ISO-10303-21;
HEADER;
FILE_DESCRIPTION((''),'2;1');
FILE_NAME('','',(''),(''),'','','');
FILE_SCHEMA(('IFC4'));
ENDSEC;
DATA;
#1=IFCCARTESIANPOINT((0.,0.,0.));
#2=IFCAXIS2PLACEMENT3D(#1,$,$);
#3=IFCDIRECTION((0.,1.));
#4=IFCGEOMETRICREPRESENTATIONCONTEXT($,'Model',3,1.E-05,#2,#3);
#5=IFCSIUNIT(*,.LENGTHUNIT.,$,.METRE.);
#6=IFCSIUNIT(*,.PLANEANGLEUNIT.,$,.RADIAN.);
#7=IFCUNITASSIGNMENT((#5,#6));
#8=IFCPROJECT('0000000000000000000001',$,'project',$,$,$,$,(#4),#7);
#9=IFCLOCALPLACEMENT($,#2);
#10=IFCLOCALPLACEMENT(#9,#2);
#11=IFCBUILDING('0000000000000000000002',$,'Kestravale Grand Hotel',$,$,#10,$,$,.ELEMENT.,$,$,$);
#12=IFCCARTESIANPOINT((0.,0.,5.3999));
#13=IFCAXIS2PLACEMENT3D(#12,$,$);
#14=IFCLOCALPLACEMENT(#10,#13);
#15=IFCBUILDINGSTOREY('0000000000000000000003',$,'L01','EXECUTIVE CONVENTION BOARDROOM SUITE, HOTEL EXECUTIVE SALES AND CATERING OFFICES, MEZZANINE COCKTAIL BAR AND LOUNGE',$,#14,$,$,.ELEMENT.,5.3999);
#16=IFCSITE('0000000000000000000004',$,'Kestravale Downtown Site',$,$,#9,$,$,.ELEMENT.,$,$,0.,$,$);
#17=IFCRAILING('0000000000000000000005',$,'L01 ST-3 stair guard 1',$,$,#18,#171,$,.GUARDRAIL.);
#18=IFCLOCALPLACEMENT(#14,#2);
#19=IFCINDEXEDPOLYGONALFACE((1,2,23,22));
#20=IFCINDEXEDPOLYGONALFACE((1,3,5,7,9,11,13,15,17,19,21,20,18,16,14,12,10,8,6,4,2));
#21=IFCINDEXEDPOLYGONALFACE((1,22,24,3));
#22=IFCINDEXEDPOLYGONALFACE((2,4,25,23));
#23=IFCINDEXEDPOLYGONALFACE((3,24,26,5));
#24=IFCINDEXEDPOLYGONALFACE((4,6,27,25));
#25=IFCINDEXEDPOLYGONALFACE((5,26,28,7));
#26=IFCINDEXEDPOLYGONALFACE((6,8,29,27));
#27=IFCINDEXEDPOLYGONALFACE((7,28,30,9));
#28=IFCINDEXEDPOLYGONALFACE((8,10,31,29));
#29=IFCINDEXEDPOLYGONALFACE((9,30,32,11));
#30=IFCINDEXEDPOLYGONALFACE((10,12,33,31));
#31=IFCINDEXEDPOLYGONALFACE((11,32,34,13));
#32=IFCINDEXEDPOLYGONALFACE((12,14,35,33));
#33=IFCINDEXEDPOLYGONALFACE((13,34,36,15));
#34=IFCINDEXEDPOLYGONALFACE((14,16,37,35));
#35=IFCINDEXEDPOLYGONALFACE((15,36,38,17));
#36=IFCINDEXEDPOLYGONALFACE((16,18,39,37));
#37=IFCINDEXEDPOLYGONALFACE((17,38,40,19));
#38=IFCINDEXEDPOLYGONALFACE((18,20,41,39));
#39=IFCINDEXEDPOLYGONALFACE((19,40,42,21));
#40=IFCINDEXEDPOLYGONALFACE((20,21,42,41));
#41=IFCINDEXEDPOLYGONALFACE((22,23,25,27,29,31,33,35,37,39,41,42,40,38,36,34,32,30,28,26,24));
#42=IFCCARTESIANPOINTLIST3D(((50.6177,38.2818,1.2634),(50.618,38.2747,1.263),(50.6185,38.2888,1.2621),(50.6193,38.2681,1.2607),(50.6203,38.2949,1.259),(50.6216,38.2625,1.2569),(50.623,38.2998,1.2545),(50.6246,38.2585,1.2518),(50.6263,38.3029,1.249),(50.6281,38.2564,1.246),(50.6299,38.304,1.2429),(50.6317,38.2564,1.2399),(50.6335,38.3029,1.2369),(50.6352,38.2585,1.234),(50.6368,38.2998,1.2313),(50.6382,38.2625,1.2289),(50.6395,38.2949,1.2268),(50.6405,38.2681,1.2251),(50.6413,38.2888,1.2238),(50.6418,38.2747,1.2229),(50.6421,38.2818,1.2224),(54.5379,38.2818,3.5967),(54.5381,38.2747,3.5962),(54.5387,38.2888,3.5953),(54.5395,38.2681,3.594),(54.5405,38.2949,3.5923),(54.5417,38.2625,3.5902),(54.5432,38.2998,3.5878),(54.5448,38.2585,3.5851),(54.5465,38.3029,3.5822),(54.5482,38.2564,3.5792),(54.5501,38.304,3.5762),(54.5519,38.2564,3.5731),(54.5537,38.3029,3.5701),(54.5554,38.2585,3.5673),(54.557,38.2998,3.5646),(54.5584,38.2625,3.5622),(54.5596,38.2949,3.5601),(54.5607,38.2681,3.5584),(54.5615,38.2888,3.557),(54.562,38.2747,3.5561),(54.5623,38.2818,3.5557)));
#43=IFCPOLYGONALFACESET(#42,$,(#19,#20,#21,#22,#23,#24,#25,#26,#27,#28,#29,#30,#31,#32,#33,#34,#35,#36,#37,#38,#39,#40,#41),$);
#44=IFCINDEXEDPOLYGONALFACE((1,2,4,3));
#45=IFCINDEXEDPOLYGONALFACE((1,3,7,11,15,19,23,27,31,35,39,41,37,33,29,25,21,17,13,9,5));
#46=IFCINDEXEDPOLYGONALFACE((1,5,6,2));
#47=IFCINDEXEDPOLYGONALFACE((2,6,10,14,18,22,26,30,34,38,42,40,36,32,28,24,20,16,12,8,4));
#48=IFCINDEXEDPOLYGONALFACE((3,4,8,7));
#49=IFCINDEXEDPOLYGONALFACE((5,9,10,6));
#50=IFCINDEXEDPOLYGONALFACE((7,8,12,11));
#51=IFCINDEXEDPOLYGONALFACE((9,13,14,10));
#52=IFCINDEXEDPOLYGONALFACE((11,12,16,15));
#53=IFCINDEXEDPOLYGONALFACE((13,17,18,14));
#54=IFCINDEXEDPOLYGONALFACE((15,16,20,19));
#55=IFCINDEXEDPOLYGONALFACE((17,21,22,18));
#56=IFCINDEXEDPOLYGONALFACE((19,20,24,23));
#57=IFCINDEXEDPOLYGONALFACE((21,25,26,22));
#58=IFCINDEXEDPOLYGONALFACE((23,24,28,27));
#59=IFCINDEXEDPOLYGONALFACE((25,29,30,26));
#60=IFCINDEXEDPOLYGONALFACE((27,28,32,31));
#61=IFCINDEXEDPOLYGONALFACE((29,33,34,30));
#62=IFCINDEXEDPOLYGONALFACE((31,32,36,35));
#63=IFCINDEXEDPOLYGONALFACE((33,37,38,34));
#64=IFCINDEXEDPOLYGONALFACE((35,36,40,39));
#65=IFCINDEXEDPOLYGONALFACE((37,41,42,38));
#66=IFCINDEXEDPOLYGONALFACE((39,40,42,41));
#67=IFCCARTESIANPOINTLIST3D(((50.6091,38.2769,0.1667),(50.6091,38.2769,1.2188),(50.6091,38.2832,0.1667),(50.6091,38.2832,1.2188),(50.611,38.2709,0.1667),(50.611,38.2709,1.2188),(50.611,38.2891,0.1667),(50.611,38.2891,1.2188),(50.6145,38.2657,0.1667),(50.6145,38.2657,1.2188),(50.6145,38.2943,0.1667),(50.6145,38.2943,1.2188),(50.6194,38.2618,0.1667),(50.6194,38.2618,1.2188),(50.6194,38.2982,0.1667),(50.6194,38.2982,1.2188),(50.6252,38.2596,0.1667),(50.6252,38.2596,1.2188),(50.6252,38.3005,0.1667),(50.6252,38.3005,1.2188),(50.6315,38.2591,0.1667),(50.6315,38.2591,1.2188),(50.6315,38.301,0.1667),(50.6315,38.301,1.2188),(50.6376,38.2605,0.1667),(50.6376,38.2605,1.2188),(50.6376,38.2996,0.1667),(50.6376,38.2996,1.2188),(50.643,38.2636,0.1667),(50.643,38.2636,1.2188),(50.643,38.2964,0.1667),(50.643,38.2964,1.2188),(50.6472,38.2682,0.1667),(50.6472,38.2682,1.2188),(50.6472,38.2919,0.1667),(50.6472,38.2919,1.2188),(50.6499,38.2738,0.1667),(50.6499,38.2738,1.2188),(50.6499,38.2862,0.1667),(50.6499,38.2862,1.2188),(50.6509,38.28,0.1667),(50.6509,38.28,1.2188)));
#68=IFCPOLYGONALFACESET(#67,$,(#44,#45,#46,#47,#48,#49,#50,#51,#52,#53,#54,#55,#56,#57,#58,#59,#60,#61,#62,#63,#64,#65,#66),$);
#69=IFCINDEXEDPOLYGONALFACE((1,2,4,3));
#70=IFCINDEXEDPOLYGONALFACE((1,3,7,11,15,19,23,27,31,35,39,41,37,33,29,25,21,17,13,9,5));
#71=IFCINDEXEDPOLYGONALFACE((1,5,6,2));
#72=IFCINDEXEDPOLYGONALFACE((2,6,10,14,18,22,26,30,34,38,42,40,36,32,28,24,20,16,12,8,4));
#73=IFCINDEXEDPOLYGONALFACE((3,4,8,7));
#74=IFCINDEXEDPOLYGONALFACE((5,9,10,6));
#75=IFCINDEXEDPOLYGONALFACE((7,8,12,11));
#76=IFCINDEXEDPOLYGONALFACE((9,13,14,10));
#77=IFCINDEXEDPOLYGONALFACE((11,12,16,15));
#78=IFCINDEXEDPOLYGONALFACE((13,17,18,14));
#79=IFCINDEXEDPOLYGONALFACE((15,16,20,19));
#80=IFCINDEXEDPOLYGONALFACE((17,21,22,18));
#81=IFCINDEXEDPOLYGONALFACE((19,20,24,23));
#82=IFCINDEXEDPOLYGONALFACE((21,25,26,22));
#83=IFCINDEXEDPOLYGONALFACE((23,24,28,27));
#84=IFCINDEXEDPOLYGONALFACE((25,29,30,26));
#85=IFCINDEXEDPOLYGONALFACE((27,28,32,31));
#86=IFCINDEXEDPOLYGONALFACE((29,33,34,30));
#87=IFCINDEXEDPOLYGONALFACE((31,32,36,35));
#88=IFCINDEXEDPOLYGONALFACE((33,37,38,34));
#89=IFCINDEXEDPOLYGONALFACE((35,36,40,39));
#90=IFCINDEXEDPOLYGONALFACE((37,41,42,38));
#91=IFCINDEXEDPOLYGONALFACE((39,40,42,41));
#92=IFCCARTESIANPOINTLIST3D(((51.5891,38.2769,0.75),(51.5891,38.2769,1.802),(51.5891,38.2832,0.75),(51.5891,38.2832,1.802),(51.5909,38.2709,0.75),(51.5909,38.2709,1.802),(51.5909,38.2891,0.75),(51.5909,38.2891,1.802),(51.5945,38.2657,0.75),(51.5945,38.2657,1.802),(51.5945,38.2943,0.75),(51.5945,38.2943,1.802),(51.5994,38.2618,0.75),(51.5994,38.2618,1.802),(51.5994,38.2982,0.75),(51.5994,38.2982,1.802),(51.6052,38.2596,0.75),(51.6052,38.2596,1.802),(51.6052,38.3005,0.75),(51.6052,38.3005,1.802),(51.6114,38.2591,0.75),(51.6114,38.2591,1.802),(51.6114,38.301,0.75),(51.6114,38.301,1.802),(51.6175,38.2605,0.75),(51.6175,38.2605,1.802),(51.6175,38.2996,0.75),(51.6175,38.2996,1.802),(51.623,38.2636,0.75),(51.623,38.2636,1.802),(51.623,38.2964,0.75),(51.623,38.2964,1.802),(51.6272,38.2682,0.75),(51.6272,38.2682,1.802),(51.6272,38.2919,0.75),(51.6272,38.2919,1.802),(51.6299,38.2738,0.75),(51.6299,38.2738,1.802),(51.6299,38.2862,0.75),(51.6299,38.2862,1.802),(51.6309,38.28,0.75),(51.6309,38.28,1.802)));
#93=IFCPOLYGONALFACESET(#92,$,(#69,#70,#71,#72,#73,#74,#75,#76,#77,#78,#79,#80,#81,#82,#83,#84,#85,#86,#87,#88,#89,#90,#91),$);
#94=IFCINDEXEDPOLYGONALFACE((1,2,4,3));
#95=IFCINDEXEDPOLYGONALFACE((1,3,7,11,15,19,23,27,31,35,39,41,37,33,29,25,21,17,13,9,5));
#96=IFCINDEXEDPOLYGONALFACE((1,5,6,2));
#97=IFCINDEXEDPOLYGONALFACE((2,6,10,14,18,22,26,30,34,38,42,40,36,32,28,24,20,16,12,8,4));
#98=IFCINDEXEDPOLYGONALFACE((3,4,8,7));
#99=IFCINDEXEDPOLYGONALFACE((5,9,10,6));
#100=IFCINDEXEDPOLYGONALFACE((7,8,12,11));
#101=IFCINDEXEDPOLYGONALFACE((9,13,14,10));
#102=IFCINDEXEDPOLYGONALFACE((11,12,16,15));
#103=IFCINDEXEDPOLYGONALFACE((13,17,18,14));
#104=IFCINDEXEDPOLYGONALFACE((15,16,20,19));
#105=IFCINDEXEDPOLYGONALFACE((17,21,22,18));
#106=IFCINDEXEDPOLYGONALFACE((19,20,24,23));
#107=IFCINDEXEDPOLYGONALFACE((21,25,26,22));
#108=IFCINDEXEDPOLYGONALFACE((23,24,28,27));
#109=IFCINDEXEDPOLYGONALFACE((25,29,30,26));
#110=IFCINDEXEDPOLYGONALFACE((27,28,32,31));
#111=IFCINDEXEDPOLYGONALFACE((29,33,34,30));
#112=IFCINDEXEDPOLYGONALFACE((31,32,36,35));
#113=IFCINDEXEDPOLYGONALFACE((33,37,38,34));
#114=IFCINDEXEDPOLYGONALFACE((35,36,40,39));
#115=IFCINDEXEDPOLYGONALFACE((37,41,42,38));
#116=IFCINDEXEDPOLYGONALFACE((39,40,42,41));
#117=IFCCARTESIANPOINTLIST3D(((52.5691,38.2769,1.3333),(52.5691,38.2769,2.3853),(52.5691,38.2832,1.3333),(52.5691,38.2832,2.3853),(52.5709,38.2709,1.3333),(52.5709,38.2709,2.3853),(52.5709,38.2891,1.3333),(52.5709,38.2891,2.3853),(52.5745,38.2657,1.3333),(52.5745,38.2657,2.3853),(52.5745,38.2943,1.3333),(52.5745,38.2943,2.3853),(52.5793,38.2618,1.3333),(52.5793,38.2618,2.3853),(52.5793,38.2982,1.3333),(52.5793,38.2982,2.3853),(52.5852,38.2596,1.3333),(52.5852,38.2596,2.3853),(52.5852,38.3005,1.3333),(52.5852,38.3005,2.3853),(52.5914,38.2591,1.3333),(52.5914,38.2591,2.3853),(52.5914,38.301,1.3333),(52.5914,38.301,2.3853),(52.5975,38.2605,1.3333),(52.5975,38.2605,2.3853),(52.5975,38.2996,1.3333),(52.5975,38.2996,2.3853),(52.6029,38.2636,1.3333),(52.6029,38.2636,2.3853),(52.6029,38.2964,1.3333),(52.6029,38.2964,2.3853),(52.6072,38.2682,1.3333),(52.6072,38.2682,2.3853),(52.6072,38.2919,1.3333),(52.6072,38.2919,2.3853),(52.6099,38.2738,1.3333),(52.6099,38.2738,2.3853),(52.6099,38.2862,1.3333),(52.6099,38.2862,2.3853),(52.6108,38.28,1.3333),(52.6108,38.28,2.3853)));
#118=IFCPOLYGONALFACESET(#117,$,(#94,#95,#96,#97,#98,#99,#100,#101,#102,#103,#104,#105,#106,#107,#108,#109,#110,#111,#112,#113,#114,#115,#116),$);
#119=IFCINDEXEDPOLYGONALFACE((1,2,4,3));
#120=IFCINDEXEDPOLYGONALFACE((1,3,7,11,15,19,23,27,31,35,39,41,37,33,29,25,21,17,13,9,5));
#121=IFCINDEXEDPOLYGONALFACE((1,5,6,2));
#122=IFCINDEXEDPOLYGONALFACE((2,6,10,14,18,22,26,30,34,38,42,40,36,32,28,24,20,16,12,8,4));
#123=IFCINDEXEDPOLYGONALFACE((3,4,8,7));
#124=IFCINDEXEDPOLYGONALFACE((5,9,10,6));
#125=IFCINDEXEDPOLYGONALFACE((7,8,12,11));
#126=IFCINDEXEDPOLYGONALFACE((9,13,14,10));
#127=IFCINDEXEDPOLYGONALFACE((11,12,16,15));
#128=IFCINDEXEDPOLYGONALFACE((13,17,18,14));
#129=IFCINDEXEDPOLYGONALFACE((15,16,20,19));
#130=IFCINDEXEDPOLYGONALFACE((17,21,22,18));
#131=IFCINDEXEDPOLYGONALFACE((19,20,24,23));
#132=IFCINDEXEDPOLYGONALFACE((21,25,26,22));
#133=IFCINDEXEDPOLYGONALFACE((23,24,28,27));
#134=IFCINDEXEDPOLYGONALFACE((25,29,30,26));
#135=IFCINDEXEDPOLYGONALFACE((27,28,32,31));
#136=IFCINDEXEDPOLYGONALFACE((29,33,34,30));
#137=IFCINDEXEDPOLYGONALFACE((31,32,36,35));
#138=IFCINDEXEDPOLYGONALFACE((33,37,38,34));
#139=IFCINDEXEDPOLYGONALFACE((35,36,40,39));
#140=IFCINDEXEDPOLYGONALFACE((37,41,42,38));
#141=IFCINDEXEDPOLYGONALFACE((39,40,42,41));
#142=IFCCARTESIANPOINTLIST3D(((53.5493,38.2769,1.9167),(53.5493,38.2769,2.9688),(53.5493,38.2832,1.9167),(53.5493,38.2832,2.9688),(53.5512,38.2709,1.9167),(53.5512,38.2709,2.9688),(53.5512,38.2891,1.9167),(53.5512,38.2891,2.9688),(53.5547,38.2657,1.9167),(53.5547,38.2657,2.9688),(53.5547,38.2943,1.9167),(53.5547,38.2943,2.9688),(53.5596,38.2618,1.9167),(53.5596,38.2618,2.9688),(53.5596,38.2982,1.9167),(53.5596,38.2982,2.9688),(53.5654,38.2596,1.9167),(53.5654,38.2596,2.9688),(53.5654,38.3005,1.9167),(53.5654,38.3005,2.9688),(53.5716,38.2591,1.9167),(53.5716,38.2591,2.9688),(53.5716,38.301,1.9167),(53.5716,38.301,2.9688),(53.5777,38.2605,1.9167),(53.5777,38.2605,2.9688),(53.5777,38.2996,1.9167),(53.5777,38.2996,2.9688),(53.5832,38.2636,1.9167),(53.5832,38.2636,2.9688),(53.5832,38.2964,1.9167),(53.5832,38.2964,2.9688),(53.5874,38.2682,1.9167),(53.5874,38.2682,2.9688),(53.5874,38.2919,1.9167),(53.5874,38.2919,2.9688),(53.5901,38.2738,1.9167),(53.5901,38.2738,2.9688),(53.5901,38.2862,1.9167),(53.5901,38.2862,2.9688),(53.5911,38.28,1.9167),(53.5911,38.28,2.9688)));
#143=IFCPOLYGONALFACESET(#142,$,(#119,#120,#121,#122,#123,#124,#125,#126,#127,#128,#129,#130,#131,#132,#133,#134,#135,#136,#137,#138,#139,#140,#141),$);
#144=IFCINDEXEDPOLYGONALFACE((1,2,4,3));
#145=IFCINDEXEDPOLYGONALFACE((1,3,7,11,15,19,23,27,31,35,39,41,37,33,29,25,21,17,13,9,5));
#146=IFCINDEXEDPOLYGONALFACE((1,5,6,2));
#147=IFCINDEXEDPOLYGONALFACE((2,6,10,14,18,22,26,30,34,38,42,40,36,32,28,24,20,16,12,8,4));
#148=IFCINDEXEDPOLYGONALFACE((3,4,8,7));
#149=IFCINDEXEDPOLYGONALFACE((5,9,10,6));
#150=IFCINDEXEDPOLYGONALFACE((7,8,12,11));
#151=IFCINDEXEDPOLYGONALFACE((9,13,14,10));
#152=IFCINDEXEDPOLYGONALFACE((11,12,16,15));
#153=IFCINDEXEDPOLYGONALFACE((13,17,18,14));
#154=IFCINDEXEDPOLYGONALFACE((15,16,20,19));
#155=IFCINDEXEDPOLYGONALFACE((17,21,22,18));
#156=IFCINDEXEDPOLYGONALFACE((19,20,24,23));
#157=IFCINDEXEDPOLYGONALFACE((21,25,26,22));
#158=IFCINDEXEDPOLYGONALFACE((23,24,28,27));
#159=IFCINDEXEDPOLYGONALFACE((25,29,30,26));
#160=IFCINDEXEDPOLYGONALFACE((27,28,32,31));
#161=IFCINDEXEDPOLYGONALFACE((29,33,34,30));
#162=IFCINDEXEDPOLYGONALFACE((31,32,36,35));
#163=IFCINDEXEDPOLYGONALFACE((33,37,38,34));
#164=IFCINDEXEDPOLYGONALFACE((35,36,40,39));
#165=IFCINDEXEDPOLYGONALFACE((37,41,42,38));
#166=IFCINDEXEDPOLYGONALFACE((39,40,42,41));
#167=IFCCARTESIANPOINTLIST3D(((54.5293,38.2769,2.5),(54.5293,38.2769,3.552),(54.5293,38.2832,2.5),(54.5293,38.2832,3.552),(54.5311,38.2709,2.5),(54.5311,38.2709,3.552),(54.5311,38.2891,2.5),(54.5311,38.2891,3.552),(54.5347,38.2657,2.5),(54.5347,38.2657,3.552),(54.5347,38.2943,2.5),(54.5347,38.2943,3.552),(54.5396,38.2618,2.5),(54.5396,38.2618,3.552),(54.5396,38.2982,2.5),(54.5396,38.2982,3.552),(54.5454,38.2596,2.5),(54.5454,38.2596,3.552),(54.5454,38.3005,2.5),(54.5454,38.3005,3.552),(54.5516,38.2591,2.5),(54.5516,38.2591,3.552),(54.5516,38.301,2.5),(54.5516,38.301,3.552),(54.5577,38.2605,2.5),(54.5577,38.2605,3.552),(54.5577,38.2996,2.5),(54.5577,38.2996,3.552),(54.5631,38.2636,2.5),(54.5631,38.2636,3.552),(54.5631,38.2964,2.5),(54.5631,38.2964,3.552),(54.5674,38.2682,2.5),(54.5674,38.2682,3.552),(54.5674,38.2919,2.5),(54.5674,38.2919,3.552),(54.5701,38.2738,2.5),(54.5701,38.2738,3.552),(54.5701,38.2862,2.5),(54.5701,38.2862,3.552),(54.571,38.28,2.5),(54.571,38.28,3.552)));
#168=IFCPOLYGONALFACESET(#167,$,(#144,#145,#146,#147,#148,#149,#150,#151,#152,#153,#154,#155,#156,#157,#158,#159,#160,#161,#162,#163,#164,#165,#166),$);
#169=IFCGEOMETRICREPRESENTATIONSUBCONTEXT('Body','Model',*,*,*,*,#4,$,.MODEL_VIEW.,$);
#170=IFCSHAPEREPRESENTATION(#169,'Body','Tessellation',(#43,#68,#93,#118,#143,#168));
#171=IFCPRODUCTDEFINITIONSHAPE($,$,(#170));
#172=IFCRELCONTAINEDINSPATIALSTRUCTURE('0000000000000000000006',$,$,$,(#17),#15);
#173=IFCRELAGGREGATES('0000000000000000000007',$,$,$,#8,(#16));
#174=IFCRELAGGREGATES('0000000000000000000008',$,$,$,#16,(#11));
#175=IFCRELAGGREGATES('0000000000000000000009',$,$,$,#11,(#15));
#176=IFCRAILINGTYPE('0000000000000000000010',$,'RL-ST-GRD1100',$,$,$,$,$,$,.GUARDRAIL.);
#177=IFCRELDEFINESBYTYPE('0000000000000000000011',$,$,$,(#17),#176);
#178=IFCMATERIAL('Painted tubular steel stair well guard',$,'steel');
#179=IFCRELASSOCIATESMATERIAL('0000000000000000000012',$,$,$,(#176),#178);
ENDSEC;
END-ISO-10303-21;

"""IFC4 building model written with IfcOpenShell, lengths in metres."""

from ifc_helpers import new_model, si_unit, direction, frame, origin, origin_2d, place, context, subcontext, project, spatial, circle, extrude, material, type_object, element, save


model = new_model("IFC4")

# Units and contexts
model_context = context("Model", 3, precision=1e-05, world=origin(), true_north=direction((0.0, 1.0)))
body_context = subcontext(model_context, "Body", "Model", "MODEL_VIEW")
ifc_project = project(units=[si_unit("LENGTHUNIT", "METRE"), si_unit("PLANEANGLEUNIT", "RADIAN")], contexts=[model_context])

# Site, building, storey
site_placement = place(None, origin())
site = spatial("IfcSite", under=ifc_project, at=site_placement, Name="Kestravale Downtown Site", CompositionType="ELEMENT", RefElevation=0.0)
building_placement = place(site_placement, origin())
building = spatial("IfcBuilding", under=site, at=building_placement, Name="Kestravale Grand Hotel", CompositionType="ELEMENT")
storey_placement = place(building_placement, frame((0.0, 0.0, 5.3999)))
storey = spatial("IfcBuildingStorey", under=building, at=storey_placement, Name="L01", Description="EXECUTIVE CONVENTION BOARDROOM SUITE, HOTEL EXECUTIVE SALES AND CATERING OFFICES, MEZZANINE COCKTAIL BAR AND LOUNGE", CompositionType="ELEMENT", Elevation=5.3999)

# Railing
ifc_material_1 = material(Name="Painted tubular steel stair well guard", Category="steel")
railing_type_1 = type_object("IfcRailingType", Name="RL-ST-GRD1100", PredefinedType="GUARDRAIL", material=ifc_material_1)
railing_1_placement = place(storey_placement, frame((50.6299, 38.28, 0.1667)))
element("IfcRailing", 1, at=railing_1_placement, inside=storey, type_object=railing_type_1, Name="L01 ST-3 stair guard 1", PredefinedType="GUARDRAIL", context=body_context, shape_type="SweptSolid", body=[
    extrude(circle(Radius=0.0239, at=origin_2d()), frame((0.0, 0.0, 1.0762), z_axis=(0.85931, 0.0, 0.511455), x_axis=(0.0, 1.0, 0.0)), (0.0, 0.0, 1.0), 4.562),
    extrude(circle(Radius=0.021, at=origin_2d()), origin(), (0.0, 0.0, 1.0), 1.052),
    extrude(circle(Radius=0.021, at=origin_2d()), frame((0.98, 0.0, 0.5833)), (0.0, 0.0, 1.0), 1.052),
    extrude(circle(Radius=0.021, at=origin_2d()), frame((1.96, 0.0, 1.1665)), (0.0, 0.0, 1.0), 1.052),
    extrude(circle(Radius=0.021, at=origin_2d()), frame((2.9402, 0.0, 1.75)), (0.0, 0.0, 1.0), 1.052),
    extrude(circle(Radius=0.021, at=origin_2d()), frame((3.9202, 0.0, 2.3333)), (0.0, 0.0, 1.0), 1.052),
])

save(model, "model.ifc")
